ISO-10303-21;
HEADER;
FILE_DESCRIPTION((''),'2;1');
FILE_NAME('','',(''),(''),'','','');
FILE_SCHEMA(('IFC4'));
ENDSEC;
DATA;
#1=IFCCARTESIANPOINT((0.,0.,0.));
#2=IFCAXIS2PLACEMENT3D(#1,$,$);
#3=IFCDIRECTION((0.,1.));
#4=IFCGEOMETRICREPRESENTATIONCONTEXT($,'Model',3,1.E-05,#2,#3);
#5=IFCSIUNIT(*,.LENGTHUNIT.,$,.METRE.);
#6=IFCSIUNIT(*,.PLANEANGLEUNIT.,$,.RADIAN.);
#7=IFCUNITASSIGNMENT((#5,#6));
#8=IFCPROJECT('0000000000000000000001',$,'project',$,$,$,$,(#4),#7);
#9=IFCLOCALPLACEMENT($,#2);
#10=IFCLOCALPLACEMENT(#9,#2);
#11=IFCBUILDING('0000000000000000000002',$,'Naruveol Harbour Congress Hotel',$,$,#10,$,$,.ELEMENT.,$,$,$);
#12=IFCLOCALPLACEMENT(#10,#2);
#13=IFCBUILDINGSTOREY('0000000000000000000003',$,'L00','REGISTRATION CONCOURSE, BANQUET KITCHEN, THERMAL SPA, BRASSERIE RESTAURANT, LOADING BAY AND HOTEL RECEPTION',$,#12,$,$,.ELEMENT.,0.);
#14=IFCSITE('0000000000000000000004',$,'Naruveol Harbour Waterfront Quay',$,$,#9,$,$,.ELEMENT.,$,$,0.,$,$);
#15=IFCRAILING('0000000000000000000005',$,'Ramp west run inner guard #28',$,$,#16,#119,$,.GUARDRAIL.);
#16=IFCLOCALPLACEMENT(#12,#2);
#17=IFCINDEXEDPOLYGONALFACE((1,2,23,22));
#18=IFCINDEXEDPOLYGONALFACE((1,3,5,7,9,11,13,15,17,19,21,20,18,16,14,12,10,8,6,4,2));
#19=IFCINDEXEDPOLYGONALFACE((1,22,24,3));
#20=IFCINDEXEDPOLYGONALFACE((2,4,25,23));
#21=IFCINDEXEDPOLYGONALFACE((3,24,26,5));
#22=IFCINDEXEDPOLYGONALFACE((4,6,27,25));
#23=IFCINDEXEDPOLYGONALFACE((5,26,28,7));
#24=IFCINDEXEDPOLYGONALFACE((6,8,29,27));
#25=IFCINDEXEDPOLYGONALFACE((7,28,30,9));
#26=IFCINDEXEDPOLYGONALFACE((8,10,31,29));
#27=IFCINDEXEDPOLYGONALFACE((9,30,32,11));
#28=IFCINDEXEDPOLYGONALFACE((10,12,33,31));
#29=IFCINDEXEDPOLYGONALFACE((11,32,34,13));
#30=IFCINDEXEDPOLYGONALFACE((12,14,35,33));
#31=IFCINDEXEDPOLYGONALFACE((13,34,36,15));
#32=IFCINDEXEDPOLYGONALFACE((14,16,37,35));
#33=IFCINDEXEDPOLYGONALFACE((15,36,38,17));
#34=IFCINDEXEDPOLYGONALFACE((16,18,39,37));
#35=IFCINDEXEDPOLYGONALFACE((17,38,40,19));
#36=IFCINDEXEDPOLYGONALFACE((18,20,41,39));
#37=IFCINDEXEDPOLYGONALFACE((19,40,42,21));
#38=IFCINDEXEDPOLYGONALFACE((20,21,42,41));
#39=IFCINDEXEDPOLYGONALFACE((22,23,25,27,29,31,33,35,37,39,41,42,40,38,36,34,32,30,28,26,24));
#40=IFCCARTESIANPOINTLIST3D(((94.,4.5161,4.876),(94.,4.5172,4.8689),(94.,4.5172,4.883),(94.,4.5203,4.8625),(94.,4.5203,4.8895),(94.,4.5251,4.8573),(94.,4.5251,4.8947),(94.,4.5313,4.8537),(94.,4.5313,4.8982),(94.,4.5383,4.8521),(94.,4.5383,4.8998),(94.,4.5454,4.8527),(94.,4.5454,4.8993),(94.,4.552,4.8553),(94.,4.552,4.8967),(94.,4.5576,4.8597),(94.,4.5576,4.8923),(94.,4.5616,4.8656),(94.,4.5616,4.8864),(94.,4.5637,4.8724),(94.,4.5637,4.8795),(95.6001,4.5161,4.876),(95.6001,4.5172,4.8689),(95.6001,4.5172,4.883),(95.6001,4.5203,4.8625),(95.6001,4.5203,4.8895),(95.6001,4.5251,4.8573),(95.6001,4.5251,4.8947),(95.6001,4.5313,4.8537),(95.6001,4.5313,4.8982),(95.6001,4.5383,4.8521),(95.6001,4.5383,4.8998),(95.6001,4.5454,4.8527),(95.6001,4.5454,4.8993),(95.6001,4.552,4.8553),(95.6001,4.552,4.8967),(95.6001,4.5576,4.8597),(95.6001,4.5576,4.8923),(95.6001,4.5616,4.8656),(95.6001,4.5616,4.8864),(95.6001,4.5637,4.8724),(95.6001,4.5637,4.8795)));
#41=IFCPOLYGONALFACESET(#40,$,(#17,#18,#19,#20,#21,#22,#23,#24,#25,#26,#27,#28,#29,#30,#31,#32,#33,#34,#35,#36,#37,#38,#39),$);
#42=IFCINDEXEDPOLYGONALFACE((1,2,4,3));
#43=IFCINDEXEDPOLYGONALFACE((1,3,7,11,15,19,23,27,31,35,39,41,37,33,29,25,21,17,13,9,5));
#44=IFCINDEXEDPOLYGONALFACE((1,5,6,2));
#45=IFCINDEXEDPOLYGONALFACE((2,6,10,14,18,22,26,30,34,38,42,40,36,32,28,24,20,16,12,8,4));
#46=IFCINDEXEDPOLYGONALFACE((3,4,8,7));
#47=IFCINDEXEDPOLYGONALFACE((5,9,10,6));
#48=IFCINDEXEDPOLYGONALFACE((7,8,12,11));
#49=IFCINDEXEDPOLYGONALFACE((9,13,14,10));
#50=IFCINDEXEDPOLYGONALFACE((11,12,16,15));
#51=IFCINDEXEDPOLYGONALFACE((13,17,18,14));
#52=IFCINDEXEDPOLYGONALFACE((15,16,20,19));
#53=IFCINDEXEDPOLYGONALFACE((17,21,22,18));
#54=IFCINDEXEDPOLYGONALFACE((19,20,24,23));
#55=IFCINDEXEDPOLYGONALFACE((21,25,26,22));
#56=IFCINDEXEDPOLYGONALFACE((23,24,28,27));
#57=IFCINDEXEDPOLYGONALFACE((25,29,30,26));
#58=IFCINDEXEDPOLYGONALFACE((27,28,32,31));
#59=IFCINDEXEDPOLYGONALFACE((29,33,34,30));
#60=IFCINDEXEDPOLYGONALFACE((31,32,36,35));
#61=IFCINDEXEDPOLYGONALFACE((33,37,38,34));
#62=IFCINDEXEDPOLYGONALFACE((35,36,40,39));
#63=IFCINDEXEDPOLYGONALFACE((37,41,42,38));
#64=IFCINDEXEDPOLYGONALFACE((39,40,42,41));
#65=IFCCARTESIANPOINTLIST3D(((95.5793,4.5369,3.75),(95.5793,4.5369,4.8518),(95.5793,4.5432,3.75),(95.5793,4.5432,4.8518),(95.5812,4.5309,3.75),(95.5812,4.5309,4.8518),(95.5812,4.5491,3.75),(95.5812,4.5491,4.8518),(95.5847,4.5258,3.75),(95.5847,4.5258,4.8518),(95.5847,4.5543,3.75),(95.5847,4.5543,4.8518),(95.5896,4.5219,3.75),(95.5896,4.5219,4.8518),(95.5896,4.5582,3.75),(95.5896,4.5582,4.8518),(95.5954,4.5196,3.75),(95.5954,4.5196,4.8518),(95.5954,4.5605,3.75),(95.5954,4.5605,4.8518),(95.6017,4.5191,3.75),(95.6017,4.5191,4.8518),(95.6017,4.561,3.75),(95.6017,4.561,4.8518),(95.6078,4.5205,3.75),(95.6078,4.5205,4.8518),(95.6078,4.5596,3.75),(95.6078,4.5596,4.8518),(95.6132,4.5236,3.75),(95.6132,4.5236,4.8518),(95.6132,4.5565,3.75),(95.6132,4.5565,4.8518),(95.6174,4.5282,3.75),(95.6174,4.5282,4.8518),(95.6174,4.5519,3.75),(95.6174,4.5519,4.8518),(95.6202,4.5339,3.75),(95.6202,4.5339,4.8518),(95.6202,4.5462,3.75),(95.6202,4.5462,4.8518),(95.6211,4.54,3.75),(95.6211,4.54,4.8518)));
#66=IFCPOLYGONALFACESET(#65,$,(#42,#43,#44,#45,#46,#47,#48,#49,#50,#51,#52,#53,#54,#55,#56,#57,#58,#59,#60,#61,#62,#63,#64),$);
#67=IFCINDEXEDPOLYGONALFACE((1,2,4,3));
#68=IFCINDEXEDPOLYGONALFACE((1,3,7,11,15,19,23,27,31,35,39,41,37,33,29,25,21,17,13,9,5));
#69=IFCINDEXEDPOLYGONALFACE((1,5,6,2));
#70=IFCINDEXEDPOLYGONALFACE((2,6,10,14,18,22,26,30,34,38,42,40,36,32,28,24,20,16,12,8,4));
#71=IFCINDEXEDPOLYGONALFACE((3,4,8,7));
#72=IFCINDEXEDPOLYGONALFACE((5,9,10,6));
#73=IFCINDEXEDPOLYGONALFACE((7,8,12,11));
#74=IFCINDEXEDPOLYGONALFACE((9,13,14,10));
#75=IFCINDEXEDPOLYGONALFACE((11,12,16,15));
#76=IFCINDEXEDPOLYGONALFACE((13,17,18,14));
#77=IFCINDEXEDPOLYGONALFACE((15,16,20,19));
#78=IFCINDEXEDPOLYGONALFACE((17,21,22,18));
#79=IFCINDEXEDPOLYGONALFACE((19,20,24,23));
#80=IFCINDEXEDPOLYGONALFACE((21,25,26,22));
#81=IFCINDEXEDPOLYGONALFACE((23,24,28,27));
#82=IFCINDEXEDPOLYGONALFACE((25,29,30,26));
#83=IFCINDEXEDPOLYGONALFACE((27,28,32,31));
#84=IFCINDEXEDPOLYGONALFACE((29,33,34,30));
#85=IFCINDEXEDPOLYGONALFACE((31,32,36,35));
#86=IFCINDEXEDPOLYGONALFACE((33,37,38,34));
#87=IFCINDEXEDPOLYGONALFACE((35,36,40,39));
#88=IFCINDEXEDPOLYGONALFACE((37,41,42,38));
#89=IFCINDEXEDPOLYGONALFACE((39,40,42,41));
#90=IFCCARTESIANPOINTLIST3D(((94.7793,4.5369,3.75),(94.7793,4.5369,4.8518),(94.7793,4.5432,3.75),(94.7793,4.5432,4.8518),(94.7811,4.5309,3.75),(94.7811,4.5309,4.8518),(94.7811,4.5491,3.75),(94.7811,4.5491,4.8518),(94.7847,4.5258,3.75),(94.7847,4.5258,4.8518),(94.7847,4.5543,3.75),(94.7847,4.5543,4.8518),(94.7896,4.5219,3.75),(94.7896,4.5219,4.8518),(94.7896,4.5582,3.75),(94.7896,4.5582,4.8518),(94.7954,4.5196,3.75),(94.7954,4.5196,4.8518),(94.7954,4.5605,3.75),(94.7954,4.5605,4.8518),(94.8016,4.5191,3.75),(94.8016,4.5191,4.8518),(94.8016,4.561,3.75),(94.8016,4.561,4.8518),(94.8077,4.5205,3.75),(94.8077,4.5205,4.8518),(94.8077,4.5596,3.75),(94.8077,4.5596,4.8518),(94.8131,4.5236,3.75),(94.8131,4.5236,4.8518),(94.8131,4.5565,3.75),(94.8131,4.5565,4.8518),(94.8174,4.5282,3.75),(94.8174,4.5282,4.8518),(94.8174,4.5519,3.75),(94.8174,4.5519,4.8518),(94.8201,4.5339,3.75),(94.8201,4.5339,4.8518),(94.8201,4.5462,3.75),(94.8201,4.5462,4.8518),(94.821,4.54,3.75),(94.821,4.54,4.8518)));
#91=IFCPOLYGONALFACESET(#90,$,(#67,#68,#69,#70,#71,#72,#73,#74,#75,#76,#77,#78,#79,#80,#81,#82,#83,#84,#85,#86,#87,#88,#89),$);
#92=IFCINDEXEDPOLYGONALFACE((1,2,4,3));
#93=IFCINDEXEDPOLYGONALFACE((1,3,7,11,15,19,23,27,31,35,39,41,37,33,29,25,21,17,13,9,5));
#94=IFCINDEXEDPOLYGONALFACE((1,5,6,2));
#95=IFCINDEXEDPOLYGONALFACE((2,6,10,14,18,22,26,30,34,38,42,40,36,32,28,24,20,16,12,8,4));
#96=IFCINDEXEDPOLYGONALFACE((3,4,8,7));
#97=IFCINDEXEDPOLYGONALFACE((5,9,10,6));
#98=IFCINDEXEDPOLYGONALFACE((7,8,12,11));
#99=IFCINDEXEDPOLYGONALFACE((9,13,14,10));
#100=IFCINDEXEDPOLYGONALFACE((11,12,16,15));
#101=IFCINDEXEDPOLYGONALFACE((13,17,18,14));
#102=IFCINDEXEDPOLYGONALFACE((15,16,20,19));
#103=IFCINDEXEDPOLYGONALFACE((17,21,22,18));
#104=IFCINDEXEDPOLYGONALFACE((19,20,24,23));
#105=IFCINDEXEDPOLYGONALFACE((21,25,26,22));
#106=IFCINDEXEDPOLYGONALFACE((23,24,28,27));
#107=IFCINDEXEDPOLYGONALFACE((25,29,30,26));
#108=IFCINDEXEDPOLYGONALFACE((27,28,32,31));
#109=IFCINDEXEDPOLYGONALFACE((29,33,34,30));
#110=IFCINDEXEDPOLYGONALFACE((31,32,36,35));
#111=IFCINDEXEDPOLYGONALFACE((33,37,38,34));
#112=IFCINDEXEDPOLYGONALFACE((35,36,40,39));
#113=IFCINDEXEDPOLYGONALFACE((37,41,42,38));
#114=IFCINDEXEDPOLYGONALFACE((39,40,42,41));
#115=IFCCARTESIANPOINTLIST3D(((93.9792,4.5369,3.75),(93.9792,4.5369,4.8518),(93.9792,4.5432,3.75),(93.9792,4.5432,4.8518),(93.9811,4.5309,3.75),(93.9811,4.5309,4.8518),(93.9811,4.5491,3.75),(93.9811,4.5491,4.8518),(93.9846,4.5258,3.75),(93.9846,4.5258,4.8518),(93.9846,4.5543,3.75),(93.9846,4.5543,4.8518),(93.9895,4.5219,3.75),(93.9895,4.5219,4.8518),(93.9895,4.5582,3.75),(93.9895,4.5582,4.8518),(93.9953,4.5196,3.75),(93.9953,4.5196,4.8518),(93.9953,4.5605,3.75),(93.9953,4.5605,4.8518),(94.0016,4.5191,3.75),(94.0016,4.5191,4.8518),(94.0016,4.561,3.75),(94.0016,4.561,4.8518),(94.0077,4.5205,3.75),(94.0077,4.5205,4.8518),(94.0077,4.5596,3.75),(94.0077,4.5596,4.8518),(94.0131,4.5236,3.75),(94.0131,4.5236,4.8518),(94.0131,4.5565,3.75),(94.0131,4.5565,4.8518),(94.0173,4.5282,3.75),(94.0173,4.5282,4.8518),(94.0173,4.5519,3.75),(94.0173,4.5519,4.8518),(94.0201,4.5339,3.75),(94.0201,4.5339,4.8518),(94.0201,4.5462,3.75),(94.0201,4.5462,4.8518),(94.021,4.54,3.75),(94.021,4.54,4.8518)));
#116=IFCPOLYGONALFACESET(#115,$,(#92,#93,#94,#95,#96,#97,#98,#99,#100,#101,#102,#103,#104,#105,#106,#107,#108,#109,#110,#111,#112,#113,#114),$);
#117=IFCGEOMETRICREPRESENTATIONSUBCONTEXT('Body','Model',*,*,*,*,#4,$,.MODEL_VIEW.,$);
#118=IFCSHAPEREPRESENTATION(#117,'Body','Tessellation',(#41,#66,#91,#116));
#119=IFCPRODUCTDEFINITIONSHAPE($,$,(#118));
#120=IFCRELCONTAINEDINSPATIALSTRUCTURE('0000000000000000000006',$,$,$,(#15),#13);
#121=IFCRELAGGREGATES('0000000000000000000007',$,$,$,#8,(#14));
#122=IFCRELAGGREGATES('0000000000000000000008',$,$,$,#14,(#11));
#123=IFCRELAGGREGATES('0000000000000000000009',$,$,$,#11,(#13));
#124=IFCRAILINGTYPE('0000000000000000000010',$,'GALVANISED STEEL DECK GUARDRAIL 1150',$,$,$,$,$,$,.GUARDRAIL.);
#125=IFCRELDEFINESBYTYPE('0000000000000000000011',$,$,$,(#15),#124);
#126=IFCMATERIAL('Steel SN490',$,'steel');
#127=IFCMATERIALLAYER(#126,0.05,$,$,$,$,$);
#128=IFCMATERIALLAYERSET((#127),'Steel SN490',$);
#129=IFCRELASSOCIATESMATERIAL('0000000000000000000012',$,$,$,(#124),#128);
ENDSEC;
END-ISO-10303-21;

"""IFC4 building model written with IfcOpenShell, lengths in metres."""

from ifc_helpers import new_model, si_unit, direction, frame, origin, origin_2d, place, context, subcontext, project, spatial, circle, extrude, material, layer, layer_set, type_object, element, save


model = new_model("IFC4")

# Units and contexts
model_context = context("Model", 3, precision=1e-05, world=origin(), true_north=direction((0.0, 1.0)))
body_context = subcontext(model_context, "Body", "Model", "MODEL_VIEW")
ifc_project = project(units=[si_unit("LENGTHUNIT", "METRE"), si_unit("PLANEANGLEUNIT", "RADIAN")], contexts=[model_context])

# Site, building, storey
site_placement = place(None, origin())
site = spatial("IfcSite", under=ifc_project, at=site_placement, Name="Naruveol Harbour Waterfront Quay", CompositionType="ELEMENT", RefElevation=0.0)
building_placement = place(site_placement, origin())
building = spatial("IfcBuilding", under=site, at=building_placement, Name="Naruveol Harbour Congress Hotel", CompositionType="ELEMENT")
storey_placement = place(building_placement, origin())
storey = spatial("IfcBuildingStorey", under=building, at=storey_placement, Name="L00", Description="REGISTRATION CONCOURSE, BANQUET KITCHEN, THERMAL SPA, BRASSERIE RESTAURANT, LOADING BAY AND HOTEL RECEPTION", CompositionType="ELEMENT", Elevation=0.0)

# Railing
ifc_material_1 = material(Name="Steel SN490", Category="steel")
ifc_layer_1 = layer(ifc_material_1, 0.05)
ifc_layer_set_1 = layer_set([ifc_layer_1], Name="Steel SN490")
railing_type = type_object("IfcRailingType", Name="GALVANISED STEEL DECK GUARDRAIL 1150", PredefinedType="GUARDRAIL", material=ifc_layer_set_1)
railing_1_placement = place(storey_placement, frame((95.6001, 4.54, 3.75)))
element("IfcRailing", 1, at=railing_1_placement, inside=storey, type_object=railing_type, Name="Ramp west run inner guard #28", PredefinedType="GUARDRAIL", context=body_context, shape_type="SweptSolid", body=[
    extrude(circle(Radius=0.0239, at=origin_2d()), frame((0.0, 0.0, 1.126), z_axis=(-1.0, 0.0, 0.0), x_axis=(0.0, -1.0, 0.0)), (0.0, 0.0, 1.0), 1.6001),
    extrude(circle(Radius=0.021, at=origin_2d()), origin(), (0.0, 0.0, 1.0), 1.1018),
    extrude(circle(Radius=0.021, at=origin_2d()), frame((-0.8, 0.0, 0.0)), (0.0, 0.0, 1.0), 1.1018),
    extrude(circle(Radius=0.021, at=origin_2d()), frame((-1.6001, 0.0, 0.0)), (0.0, 0.0, 1.0), 1.1018),
])

save(model, "model.ifc")
